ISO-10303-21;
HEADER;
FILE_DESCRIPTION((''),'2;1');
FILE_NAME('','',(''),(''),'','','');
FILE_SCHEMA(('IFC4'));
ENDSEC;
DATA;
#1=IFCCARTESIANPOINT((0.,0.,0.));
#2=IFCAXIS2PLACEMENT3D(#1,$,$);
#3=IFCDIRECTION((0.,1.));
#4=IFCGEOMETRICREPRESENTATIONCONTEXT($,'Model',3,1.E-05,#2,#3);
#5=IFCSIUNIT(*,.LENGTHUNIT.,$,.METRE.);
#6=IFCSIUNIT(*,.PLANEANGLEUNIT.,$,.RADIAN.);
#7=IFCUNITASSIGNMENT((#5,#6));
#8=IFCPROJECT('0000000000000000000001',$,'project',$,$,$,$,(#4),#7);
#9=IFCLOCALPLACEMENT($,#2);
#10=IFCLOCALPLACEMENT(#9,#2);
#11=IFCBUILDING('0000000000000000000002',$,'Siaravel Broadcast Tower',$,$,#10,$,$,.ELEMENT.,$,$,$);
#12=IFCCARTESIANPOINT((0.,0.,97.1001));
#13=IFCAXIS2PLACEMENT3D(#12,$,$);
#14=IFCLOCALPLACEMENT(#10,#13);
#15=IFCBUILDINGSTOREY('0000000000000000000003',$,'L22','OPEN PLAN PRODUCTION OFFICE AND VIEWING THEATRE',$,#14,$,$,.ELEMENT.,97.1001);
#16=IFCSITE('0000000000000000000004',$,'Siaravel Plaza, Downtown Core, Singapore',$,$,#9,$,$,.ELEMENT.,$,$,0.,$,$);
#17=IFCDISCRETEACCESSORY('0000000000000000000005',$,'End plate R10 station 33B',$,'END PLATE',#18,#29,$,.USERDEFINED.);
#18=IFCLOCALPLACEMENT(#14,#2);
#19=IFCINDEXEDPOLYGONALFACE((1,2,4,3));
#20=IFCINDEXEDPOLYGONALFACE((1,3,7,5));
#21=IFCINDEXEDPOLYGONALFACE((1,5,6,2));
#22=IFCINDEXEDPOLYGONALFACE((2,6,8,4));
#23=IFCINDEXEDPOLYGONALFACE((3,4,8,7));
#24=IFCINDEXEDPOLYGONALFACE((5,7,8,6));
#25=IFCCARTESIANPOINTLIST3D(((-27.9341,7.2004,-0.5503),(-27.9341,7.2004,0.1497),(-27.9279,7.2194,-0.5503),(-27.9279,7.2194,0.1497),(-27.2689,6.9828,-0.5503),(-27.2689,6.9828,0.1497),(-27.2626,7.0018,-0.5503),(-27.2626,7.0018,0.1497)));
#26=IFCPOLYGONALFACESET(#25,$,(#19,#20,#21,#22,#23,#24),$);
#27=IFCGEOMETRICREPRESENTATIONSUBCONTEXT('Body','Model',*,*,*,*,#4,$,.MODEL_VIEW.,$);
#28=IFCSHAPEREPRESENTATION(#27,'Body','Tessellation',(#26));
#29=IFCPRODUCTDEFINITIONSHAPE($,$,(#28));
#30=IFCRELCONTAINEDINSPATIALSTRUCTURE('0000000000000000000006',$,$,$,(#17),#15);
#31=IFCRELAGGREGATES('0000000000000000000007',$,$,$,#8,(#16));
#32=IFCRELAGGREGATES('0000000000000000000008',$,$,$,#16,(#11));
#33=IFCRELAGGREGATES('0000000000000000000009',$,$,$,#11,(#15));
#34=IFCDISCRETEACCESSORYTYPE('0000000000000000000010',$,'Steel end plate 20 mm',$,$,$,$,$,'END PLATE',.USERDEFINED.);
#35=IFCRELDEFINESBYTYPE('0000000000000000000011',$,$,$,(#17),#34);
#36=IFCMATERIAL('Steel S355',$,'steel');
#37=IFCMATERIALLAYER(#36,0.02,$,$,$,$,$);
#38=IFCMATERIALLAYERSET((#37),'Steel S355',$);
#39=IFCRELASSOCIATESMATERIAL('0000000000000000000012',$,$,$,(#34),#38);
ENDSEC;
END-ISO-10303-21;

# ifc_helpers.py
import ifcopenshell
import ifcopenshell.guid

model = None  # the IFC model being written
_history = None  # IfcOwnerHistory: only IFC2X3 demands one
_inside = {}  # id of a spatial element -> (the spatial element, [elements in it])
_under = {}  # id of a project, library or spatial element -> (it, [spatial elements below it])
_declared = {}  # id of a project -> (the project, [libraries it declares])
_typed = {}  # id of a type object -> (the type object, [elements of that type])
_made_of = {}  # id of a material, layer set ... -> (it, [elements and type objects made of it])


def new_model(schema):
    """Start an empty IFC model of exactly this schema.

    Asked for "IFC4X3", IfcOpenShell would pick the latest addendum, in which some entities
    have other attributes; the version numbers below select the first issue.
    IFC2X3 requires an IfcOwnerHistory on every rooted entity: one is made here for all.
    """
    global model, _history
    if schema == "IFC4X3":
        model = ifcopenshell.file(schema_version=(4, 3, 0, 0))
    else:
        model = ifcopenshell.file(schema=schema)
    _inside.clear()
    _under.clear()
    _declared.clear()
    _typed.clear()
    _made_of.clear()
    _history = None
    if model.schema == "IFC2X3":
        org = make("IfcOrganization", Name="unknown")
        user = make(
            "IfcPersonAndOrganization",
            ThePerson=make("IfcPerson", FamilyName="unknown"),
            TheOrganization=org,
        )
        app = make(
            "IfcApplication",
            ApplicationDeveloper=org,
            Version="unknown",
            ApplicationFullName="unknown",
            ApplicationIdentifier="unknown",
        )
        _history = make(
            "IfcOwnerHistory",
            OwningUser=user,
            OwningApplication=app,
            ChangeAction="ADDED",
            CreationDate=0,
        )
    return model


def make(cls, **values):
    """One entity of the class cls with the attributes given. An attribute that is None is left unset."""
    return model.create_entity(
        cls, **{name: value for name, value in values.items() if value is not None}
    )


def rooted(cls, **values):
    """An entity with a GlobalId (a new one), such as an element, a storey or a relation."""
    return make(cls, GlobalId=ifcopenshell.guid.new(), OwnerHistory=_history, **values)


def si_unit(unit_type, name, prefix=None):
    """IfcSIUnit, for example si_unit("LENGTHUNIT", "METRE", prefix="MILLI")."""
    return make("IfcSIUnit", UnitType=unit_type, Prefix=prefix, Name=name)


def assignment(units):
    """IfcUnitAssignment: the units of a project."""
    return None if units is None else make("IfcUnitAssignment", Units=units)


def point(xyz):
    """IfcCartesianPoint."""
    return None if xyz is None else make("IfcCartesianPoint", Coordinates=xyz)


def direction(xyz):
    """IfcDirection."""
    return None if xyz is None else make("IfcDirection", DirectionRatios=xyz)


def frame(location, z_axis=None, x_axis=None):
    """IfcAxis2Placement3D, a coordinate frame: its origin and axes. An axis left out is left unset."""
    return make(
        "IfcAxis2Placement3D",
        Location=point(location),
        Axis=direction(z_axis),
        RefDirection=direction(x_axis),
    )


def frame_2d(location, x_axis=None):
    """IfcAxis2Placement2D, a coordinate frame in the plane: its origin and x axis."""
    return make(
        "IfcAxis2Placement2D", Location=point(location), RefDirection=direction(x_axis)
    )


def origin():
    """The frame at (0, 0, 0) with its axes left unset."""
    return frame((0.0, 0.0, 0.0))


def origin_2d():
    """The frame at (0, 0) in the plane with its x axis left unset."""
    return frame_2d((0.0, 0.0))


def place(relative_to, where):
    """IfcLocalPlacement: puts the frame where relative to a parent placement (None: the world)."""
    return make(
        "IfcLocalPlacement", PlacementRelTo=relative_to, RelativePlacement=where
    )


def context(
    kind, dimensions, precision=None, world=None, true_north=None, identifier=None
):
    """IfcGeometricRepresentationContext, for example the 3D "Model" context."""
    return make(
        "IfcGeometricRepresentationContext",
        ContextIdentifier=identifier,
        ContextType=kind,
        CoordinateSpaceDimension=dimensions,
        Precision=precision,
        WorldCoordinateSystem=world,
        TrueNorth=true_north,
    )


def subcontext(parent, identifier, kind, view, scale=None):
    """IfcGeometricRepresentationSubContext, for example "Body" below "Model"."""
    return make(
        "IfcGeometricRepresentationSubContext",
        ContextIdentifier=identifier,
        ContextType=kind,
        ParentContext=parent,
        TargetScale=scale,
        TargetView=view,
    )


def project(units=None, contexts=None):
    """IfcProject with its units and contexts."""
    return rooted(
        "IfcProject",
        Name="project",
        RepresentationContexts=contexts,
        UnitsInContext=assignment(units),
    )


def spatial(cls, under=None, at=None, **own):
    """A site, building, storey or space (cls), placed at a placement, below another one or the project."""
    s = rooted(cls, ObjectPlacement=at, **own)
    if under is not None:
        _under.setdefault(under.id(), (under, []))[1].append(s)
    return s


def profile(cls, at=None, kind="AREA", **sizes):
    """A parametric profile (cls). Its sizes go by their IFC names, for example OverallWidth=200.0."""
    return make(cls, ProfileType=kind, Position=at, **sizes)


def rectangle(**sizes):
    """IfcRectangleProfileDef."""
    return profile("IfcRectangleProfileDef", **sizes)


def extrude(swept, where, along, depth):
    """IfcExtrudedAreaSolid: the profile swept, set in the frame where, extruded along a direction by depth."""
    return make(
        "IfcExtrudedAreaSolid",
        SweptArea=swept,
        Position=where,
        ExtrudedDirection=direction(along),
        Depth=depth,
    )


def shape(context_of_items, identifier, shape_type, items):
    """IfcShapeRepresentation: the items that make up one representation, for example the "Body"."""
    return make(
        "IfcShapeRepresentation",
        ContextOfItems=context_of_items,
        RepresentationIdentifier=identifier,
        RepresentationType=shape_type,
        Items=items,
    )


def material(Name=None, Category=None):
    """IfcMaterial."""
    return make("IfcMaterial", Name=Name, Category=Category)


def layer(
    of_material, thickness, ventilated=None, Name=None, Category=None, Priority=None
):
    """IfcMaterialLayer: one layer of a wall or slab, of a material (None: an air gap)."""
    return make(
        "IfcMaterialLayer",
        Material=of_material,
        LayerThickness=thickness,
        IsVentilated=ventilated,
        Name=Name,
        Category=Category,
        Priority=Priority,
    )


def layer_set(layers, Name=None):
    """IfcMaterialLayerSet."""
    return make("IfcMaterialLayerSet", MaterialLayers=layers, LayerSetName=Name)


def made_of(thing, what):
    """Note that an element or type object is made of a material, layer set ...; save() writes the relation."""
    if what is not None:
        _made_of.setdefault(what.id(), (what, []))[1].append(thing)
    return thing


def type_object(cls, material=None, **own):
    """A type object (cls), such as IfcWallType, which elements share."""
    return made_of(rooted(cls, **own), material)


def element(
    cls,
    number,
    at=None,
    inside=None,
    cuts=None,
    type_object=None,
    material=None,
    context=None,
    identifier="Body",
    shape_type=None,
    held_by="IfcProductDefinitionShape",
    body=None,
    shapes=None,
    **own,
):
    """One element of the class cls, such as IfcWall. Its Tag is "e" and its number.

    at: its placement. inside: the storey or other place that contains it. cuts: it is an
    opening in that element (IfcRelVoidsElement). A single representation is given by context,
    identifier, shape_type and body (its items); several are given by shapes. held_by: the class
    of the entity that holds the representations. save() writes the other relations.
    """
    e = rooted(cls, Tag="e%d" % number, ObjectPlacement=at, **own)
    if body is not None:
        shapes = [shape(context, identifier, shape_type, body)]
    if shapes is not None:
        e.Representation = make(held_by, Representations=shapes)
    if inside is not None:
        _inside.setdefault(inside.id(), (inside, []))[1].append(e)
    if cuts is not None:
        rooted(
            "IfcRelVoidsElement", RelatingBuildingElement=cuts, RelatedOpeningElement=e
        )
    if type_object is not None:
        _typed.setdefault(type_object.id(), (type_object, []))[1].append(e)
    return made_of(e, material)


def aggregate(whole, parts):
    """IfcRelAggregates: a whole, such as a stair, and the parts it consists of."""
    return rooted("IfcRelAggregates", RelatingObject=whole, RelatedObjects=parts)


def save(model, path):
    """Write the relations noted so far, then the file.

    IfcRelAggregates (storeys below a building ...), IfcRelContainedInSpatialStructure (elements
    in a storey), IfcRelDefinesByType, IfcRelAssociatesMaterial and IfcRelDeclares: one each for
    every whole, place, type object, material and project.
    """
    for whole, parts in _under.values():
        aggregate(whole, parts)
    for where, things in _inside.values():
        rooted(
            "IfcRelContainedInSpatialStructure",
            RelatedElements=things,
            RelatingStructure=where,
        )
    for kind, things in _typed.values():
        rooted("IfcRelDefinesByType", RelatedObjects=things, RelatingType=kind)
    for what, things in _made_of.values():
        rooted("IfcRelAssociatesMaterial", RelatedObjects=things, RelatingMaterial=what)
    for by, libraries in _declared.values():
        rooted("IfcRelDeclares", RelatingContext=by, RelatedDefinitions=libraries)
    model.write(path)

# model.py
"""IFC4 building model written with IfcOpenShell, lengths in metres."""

from ifc_helpers import new_model, si_unit, direction, frame, origin, origin_2d, place, context, subcontext, project, spatial, rectangle, extrude, material, layer, layer_set, type_object, element, save


model = new_model("IFC4")

# Units and contexts
model_context = context("Model", 3, precision=1e-05, world=origin(), true_north=direction((0.0, 1.0)))
body_context = subcontext(model_context, "Body", "Model", "MODEL_VIEW")
ifc_project = project(units=[si_unit("LENGTHUNIT", "METRE"), si_unit("PLANEANGLEUNIT", "RADIAN")], contexts=[model_context])

# Site, building, storey
site_placement = place(None, origin())
site = spatial("IfcSite", under=ifc_project, at=site_placement, Name="Siaravel Plaza, Downtown Core, Singapore", CompositionType="ELEMENT", RefElevation=0.0)
building_placement = place(site_placement, origin())
building = spatial("IfcBuilding", under=site, at=building_placement, Name="Siaravel Broadcast Tower", CompositionType="ELEMENT")
storey_placement = place(building_placement, frame((0.0, 0.0, 97.1001)))
storey = spatial("IfcBuildingStorey", under=building, at=storey_placement, Name="L22", Description="OPEN PLAN PRODUCTION OFFICE AND VIEWING THEATRE", CompositionType="ELEMENT", Elevation=97.1001)

# Shared definitions
ifc_material_1 = material(Name="Steel S355", Category="steel")

# Discrete accessory
ifc_layer_1 = layer(ifc_material_1, 0.02)
ifc_layer_set_1 = layer_set([ifc_layer_1], Name="Steel S355")
discrete_accessory_type_1 = type_object("IfcDiscreteAccessoryType", Name="Steel end plate 20 mm", ElementType="END PLATE", PredefinedType="USERDEFINED", material=ifc_layer_set_1)
for number, where, z_axis, x_axis, name in (
    (1, (-27.5984, 7.1011, -0.5503), (0.0, 0.0, 1.0), (-0.310909, -0.95044, 0.0), "End plate R10 station 33B"),
):
    element("IfcDiscreteAccessory", number, at=place(storey_placement, frame(where, z_axis=z_axis, x_axis=x_axis)), inside=storey, type_object=discrete_accessory_type_1, Name=name, ObjectType="END PLATE", PredefinedType="USERDEFINED", context=body_context, shape_type="SweptSolid", body=[
        extrude(rectangle(XDim=0.02, YDim=0.7, at=origin_2d()), origin(), (0.0, 0.0, 1.0), 0.7),
    ])

save(model, "model.ifc")
